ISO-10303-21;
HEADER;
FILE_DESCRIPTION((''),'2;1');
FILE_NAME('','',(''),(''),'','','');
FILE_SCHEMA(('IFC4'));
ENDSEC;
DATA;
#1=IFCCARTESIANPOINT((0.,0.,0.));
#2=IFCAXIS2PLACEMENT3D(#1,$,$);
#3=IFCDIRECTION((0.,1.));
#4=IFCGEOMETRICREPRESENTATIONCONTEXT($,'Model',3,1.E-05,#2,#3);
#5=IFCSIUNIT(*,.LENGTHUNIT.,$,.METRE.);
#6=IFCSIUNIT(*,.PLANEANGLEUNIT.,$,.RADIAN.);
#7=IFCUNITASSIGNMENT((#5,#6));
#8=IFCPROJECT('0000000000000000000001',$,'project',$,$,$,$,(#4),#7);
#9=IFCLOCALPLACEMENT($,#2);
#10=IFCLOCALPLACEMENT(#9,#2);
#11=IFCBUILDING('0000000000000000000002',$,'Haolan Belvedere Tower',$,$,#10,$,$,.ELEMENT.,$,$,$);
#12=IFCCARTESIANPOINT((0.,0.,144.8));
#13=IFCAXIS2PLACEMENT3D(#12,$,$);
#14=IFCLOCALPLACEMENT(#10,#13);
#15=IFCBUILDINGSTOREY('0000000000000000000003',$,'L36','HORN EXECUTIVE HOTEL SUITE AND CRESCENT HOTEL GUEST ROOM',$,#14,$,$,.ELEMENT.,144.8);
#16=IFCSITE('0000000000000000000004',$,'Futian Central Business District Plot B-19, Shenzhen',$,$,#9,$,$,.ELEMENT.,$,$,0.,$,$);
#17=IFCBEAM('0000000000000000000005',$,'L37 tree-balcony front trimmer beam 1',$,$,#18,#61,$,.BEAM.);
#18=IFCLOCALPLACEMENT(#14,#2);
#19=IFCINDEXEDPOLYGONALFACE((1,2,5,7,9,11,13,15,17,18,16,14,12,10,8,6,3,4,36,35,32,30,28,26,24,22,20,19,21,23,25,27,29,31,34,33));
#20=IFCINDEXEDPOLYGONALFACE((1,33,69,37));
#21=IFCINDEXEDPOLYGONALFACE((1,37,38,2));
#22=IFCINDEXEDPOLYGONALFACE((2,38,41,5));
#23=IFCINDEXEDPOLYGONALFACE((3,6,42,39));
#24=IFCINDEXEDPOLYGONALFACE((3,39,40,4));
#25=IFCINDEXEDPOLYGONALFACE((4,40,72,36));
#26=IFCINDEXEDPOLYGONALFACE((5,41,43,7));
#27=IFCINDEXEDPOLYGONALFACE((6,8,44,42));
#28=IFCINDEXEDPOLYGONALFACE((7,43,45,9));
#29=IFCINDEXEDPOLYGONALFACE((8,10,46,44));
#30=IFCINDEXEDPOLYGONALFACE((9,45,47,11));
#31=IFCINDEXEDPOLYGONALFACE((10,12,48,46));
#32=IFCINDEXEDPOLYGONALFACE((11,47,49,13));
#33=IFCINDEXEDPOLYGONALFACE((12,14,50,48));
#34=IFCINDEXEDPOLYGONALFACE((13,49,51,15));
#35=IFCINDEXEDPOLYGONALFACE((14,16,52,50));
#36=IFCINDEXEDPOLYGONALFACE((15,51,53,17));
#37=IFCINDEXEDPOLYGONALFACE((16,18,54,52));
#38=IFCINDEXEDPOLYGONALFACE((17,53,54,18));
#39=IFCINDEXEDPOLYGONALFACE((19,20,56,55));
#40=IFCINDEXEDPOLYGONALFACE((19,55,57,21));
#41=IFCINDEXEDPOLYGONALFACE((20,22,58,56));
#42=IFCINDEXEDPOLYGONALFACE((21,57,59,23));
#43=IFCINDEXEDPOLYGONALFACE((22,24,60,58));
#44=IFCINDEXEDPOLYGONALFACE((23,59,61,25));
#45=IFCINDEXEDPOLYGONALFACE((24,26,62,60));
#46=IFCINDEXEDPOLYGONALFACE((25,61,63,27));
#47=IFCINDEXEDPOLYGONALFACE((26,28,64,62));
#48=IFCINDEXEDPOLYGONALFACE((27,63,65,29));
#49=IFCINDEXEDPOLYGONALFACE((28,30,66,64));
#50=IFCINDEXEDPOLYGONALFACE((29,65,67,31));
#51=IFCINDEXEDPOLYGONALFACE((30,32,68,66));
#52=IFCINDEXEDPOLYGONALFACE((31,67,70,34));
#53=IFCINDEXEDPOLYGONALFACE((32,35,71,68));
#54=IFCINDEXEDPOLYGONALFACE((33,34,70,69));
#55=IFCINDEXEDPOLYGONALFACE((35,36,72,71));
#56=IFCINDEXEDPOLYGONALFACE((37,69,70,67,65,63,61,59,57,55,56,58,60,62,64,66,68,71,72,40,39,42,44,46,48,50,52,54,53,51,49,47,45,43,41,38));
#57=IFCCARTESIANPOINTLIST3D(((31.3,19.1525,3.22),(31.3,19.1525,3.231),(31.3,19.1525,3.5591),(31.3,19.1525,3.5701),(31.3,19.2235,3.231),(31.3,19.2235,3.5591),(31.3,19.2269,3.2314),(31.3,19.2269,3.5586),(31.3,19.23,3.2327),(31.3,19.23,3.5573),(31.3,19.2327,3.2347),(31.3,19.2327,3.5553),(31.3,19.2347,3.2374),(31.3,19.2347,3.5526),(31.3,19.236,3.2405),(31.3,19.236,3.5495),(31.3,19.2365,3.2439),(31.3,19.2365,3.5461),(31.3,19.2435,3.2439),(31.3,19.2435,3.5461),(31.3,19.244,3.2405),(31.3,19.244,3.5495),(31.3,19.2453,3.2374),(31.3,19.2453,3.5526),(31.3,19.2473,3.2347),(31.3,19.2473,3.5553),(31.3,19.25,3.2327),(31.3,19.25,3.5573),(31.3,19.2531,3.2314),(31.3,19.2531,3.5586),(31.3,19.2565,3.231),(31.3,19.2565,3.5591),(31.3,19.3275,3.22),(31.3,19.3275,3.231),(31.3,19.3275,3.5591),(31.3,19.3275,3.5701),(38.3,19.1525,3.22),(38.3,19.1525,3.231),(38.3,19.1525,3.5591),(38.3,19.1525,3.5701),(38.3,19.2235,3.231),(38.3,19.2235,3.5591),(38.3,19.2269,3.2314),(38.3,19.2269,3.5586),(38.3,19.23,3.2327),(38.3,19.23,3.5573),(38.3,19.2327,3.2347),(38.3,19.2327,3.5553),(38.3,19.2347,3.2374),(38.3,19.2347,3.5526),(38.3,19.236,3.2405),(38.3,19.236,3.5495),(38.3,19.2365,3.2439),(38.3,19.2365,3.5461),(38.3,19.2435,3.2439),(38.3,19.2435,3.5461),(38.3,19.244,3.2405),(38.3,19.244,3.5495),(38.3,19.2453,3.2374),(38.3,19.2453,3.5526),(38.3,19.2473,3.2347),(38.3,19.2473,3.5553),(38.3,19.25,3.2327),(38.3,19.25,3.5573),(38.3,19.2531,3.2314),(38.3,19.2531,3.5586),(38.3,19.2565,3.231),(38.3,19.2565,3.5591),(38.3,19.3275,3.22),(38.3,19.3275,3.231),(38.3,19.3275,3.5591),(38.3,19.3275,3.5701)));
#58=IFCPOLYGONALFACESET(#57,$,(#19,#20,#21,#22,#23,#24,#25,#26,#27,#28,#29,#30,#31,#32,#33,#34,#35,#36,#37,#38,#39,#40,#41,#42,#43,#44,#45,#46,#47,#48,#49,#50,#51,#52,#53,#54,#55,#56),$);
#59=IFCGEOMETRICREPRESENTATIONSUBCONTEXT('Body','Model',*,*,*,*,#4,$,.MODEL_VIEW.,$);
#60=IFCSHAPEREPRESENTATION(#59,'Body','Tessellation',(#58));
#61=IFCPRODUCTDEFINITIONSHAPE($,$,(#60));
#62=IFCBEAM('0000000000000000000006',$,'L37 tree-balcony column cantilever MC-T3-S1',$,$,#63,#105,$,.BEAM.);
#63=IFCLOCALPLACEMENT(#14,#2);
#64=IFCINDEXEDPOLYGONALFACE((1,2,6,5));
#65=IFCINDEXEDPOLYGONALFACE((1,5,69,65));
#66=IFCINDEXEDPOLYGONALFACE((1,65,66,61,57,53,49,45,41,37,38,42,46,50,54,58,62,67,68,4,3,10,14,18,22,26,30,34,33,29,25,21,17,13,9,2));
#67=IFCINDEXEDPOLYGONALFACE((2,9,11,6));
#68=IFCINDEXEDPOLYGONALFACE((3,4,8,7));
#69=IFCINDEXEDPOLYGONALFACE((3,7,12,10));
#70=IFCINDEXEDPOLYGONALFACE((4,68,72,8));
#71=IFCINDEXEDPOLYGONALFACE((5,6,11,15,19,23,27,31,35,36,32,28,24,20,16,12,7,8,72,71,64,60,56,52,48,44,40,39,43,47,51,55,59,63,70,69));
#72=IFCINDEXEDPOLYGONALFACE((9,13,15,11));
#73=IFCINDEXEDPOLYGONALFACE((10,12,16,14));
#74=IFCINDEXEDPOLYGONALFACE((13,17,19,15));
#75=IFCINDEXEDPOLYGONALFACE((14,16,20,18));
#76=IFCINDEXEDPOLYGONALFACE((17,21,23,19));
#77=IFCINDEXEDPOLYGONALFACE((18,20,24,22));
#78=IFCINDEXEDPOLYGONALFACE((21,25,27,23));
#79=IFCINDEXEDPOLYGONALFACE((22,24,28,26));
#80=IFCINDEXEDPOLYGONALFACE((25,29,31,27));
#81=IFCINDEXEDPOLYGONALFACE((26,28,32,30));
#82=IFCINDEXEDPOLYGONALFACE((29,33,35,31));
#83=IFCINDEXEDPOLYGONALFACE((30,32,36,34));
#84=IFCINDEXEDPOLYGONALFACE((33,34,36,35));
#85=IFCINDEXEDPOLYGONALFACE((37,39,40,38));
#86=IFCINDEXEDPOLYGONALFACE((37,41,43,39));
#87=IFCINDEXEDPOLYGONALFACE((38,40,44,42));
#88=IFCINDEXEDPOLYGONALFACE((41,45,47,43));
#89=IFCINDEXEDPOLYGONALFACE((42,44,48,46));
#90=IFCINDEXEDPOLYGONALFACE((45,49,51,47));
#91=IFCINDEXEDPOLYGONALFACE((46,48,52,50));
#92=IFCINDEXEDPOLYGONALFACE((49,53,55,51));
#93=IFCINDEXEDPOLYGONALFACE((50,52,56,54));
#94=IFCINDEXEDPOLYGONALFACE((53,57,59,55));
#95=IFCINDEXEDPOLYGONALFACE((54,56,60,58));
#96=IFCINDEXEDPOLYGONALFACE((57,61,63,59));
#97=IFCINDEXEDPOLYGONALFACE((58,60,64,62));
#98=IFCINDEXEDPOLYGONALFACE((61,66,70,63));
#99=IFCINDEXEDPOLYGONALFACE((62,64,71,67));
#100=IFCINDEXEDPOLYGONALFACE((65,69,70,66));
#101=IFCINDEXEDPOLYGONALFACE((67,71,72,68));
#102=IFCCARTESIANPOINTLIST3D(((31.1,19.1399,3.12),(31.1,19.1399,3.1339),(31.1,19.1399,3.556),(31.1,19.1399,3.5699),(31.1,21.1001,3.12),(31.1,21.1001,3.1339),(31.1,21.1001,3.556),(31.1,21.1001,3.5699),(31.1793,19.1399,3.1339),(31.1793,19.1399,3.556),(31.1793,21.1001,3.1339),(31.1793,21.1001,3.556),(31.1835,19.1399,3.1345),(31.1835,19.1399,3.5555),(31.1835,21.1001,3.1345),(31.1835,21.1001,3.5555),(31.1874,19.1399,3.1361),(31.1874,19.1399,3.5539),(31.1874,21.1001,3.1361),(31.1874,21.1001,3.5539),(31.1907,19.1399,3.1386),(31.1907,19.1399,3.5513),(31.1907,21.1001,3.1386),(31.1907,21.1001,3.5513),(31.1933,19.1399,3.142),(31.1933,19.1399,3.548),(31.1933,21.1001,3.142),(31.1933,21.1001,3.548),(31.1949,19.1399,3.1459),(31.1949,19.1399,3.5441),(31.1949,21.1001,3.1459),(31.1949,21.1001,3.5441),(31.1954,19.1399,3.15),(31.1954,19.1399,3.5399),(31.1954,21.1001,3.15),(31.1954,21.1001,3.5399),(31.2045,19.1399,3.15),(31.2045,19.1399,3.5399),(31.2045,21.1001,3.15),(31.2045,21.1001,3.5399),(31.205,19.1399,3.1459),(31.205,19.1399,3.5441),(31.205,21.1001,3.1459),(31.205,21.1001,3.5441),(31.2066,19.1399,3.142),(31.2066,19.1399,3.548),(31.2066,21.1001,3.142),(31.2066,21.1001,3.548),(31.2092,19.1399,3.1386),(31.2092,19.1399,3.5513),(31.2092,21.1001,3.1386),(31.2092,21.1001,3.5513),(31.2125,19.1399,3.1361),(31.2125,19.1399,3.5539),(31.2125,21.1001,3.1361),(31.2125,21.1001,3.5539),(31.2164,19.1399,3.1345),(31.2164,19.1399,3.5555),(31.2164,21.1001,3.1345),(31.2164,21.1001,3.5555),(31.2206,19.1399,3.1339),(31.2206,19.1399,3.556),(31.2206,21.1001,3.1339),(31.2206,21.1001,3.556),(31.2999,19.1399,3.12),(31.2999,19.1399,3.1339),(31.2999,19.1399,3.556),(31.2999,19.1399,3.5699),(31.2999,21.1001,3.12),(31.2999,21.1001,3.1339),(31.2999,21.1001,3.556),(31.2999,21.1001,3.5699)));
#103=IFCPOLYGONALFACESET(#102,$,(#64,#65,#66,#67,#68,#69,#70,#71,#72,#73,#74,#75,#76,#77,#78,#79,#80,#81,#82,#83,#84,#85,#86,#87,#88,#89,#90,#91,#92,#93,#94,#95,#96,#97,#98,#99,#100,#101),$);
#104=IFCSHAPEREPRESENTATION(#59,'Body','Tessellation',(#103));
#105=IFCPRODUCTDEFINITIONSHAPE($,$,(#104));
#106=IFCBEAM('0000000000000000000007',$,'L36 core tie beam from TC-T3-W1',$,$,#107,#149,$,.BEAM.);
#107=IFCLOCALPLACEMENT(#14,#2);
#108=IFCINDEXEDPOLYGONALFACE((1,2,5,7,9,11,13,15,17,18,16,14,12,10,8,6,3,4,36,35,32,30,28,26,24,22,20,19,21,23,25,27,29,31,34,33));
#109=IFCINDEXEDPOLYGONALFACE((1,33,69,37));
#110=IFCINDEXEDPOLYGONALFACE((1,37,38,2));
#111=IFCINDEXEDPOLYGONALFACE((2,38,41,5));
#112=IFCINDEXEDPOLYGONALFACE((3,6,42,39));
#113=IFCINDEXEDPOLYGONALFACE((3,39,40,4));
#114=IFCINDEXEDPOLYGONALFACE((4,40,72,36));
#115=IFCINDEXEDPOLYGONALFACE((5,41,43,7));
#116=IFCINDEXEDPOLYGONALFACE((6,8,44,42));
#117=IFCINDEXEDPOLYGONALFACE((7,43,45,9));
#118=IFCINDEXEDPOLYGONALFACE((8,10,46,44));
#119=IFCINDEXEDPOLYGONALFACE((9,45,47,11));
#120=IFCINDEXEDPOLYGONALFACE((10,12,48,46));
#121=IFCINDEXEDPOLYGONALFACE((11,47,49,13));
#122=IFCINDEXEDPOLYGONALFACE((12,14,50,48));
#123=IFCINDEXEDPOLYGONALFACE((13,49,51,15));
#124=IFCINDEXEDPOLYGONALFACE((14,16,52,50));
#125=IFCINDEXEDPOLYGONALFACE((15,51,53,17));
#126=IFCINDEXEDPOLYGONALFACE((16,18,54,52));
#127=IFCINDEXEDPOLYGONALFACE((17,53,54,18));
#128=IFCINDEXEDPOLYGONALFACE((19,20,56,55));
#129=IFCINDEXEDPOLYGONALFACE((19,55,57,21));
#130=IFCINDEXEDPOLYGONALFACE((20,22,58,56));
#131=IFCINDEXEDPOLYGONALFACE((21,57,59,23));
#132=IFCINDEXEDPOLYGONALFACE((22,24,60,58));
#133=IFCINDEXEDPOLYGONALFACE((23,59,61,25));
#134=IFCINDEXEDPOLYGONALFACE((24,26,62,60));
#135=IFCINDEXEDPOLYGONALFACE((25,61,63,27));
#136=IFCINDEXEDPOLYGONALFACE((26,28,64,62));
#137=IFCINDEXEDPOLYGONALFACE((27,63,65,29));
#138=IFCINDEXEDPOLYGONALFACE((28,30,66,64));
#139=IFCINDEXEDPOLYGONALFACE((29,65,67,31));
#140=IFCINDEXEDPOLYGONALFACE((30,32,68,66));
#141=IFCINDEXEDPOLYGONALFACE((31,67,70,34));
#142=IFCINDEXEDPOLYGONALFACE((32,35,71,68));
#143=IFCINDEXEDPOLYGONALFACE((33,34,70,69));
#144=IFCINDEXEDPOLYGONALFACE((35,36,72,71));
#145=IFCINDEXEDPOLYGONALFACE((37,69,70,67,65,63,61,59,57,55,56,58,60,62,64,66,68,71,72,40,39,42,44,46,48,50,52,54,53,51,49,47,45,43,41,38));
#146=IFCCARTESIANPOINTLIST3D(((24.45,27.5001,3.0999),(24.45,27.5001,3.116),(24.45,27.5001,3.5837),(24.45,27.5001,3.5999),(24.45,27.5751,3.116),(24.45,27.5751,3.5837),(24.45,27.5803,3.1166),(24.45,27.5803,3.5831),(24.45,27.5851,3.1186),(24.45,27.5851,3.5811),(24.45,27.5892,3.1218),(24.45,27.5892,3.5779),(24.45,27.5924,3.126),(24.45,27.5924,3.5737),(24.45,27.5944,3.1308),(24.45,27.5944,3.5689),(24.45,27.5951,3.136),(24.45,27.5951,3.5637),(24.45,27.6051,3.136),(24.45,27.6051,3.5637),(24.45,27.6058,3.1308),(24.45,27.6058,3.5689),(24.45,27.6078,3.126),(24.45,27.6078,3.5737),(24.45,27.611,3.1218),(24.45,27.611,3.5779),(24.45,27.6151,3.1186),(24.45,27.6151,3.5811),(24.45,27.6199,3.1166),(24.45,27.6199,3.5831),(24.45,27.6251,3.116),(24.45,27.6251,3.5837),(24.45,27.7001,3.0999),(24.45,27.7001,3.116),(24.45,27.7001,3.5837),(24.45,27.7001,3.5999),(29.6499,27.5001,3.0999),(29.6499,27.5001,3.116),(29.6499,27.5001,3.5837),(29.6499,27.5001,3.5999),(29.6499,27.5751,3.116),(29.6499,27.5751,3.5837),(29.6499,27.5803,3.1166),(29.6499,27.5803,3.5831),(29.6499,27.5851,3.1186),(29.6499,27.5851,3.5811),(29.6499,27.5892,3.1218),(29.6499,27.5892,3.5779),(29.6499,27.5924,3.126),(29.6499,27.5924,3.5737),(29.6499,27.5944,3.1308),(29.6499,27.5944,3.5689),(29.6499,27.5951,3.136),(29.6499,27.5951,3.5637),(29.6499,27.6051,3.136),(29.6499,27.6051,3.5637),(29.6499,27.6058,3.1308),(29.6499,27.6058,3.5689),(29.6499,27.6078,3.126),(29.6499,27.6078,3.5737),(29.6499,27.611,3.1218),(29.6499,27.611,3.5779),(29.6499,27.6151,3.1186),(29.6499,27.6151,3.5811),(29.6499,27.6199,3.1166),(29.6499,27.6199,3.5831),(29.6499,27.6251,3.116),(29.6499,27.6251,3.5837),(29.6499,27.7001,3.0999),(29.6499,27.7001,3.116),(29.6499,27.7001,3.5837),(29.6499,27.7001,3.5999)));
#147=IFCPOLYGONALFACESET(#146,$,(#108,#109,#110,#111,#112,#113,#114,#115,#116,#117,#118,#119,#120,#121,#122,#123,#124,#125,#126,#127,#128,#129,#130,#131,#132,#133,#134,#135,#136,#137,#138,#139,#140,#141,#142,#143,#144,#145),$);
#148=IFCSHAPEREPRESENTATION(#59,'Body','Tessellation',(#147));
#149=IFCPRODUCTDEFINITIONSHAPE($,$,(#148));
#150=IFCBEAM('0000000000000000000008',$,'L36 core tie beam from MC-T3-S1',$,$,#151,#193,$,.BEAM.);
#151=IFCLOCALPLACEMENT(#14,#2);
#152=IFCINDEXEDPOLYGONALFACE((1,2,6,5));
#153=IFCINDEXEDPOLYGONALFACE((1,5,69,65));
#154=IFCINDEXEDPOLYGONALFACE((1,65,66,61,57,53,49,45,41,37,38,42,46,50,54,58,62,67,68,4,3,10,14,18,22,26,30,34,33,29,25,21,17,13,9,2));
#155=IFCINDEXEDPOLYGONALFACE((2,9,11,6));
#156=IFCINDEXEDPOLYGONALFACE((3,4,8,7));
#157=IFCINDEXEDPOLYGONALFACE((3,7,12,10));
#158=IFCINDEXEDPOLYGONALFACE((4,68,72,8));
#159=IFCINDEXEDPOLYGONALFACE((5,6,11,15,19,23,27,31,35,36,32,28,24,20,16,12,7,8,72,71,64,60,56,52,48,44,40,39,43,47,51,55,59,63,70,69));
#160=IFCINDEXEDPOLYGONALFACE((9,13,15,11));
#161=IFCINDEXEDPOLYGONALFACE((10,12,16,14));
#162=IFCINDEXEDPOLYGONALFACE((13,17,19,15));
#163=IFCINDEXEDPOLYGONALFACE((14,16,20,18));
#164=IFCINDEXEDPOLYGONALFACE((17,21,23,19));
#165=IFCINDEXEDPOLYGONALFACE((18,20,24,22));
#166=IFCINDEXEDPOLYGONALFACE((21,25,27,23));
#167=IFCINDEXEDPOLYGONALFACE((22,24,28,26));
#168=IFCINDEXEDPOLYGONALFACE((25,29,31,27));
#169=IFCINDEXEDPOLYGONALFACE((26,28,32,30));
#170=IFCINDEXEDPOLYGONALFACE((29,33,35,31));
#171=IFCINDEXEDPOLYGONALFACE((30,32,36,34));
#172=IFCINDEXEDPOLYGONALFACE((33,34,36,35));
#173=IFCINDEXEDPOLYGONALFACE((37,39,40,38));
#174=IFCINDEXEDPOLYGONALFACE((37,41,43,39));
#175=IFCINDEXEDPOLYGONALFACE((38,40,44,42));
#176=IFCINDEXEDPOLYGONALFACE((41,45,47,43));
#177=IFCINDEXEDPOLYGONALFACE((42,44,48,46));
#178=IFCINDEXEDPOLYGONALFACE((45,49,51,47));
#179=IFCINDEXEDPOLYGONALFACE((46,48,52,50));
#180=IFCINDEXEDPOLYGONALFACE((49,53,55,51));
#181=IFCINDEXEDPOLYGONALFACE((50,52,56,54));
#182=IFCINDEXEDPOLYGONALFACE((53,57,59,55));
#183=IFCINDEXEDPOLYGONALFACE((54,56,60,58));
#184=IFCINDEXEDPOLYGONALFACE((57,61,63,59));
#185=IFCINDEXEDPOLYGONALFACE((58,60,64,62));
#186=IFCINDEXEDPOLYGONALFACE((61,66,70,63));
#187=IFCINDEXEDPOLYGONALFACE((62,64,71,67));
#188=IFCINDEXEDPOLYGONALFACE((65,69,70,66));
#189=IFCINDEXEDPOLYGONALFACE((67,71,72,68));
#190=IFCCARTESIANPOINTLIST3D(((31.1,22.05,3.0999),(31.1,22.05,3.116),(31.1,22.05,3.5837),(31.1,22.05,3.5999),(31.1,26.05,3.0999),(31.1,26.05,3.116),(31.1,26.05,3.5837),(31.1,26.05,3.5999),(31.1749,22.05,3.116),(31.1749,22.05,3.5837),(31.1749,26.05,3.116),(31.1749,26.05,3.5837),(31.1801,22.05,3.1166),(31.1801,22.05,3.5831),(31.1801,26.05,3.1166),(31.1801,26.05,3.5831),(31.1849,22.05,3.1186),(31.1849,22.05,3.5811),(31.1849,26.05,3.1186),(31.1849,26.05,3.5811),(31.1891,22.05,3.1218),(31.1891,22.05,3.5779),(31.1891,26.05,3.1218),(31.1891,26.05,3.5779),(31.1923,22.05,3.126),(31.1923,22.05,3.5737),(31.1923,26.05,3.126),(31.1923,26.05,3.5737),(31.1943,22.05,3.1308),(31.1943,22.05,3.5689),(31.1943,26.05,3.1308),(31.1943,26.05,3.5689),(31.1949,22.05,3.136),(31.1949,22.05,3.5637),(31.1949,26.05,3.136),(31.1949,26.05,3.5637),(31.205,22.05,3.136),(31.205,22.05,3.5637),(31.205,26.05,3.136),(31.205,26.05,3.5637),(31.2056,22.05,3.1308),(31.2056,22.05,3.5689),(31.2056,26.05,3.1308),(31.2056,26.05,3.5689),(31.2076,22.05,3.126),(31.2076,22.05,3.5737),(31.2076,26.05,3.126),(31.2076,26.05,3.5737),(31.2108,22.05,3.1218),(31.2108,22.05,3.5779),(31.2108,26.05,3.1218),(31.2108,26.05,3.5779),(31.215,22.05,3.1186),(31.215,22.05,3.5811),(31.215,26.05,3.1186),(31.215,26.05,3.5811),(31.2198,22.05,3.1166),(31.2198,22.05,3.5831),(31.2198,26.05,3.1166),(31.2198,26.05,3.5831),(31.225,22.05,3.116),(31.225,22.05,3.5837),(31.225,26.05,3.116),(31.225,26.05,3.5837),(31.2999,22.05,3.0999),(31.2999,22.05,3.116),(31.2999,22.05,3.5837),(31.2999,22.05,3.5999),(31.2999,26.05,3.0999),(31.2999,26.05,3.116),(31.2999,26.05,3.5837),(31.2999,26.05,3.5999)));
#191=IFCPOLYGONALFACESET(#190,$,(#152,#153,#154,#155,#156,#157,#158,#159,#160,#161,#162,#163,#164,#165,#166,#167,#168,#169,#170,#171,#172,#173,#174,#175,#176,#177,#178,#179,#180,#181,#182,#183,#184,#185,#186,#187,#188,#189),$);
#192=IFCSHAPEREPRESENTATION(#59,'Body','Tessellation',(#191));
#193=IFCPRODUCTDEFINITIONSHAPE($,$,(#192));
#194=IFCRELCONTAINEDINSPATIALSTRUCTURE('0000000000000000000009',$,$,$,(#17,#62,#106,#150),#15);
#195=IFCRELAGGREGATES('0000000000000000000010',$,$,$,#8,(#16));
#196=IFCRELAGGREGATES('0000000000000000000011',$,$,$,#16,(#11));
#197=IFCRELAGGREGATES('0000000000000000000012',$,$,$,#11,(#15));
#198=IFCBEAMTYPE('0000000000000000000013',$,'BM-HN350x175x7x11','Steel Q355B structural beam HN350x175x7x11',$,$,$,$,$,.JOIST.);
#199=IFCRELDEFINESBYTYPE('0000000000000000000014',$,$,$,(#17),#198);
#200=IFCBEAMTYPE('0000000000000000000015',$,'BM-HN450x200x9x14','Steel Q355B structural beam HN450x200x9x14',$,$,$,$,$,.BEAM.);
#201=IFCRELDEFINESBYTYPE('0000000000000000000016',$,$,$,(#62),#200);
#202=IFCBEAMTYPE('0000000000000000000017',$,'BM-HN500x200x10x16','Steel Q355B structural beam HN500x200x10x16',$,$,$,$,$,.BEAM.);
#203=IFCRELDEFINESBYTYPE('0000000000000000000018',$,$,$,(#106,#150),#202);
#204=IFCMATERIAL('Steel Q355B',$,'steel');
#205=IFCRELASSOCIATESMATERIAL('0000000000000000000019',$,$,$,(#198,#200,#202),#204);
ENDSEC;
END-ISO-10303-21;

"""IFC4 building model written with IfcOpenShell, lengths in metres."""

from ifc_helpers import new_model, si_unit, direction, frame, origin, origin_2d, place, context, subcontext, project, spatial, i_section, extrude, material, material_profile, profile_set, type_object, element, save


model = new_model("IFC4")

# Units and contexts
model_context = context("Model", 3, precision=1e-05, world=origin(), true_north=direction((0.0, 1.0)))
body_context = subcontext(model_context, "Body", "Model", "MODEL_VIEW")
ifc_project = project(units=[si_unit("LENGTHUNIT", "METRE"), si_unit("PLANEANGLEUNIT", "RADIAN")], contexts=[model_context])

# Site, building, storey
site_placement = place(None, origin())
site = spatial("IfcSite", under=ifc_project, at=site_placement, Name="Futian Central Business District Plot B-19, Shenzhen", CompositionType="ELEMENT", RefElevation=0.0)
building_placement = place(site_placement, origin())
building = spatial("IfcBuilding", under=site, at=building_placement, Name="Haolan Belvedere Tower", CompositionType="ELEMENT")
storey_placement = place(building_placement, frame((0.0, 0.0, 144.8)))
storey = spatial("IfcBuildingStorey", under=building, at=storey_placement, Name="L36", Description="HORN EXECUTIVE HOTEL SUITE AND CRESCENT HOTEL GUEST ROOM", CompositionType="ELEMENT", Elevation=144.8)

# Beams
ifc_material_1 = material(Name="Steel Q355B", Category="steel")
ifc_material_profile_1 = material_profile(ifc_material_1, i_section(OverallWidth=0.175, OverallDepth=0.3501, WebThickness=0.0071, FlangeThickness=0.011, FilletRadius=0.0129, at=origin_2d()), Name="Steel Q355B")
ifc_profile_set_1 = profile_set([ifc_material_profile_1], Name="Steel Q355B")
beam_type_1 = type_object("IfcBeamType", Name="BM-HN350x175x7x11", Description="Steel Q355B structural beam HN350x175x7x11", PredefinedType="JOIST", material=ifc_profile_set_1)
beam_1_placement = place(storey_placement, frame((31.3, 19.24, 3.395), z_axis=(1.0, 0.0, 0.0), x_axis=(0.0, 1.0, 0.0)))
element("IfcBeam", 1, at=beam_1_placement, inside=storey, type_object=beam_type_1, Name="L37 tree-balcony front trimmer beam 1", PredefinedType="BEAM", context=body_context, shape_type="SweptSolid", body=[
    extrude(i_section(OverallWidth=0.175, OverallDepth=0.3501, WebThickness=0.0071, FlangeThickness=0.011, FilletRadius=0.0129, at=origin_2d()), origin(), (0.0, 0.0, 1.0), 7.0),
])
ifc_material_profile_2 = material_profile(ifc_material_1, i_section(OverallWidth=0.2, OverallDepth=0.45, WebThickness=0.009, FlangeThickness=0.0139, FilletRadius=0.0161, at=origin_2d()), Name="Steel Q355B")
ifc_profile_set_2 = profile_set([ifc_material_profile_2], Name="Steel Q355B")
beam_type_2 = type_object("IfcBeamType", Name="BM-HN450x200x9x14", Description="Steel Q355B structural beam HN450x200x9x14", PredefinedType="BEAM", material=ifc_profile_set_2)
beam_2_placement = place(storey_placement, frame((31.2, 21.1001, 3.345), z_axis=(0.0, -1.0, 0.0), x_axis=(1.0, 0.0, 0.0)))
element("IfcBeam", 2, at=beam_2_placement, inside=storey, type_object=beam_type_2, Name="L37 tree-balcony column cantilever MC-T3-S1", PredefinedType="BEAM", context=body_context, shape_type="SweptSolid", body=[
    extrude(i_section(OverallWidth=0.2, OverallDepth=0.45, WebThickness=0.009, FlangeThickness=0.0139, FilletRadius=0.0161, at=origin_2d()), origin(), (0.0, 0.0, 1.0), 1.9602),
])
ifc_material_profile_3 = material_profile(ifc_material_1, i_section(OverallWidth=0.2, OverallDepth=0.5, WebThickness=0.01, FlangeThickness=0.0161, FilletRadius=0.02, at=origin_2d()), Name="Steel Q355B")
ifc_profile_set_3 = profile_set([ifc_material_profile_3], Name="Steel Q355B")
beam_type_3 = type_object("IfcBeamType", Name="BM-HN500x200x10x16", Description="Steel Q355B structural beam HN500x200x10x16", PredefinedType="BEAM", material=ifc_profile_set_3)
beam_3_placement = place(storey_placement, frame((24.45, 27.6001, 3.3499), z_axis=(1.0, 0.0, 0.0), x_axis=(0.0, 1.0, 0.0)))
element("IfcBeam", 3, at=beam_3_placement, inside=storey, type_object=beam_type_3, Name="L36 core tie beam from TC-T3-W1", PredefinedType="BEAM", context=body_context, shape_type="SweptSolid", body=[
    extrude(i_section(OverallWidth=0.2, OverallDepth=0.5, WebThickness=0.01, FlangeThickness=0.0161, FilletRadius=0.02, at=origin_2d()), origin(), (0.0, 0.0, 1.0), 5.2),
])
beam_4_placement = place(storey_placement, frame((31.2, 22.05, 3.3499), z_axis=(0.0, 1.0, 0.0), x_axis=(-1.0, 0.0, 0.0)))
element("IfcBeam", 4, at=beam_4_placement, inside=storey, type_object=beam_type_3, Name="L36 core tie beam from MC-T3-S1", PredefinedType="BEAM", context=body_context, shape_type="SweptSolid", body=[
    extrude(i_section(OverallWidth=0.2, OverallDepth=0.5, WebThickness=0.01, FlangeThickness=0.0161, FilletRadius=0.02, at=origin_2d()), origin(), (0.0, 0.0, 1.0), 4.0),
])

save(model, "model.ifc")
